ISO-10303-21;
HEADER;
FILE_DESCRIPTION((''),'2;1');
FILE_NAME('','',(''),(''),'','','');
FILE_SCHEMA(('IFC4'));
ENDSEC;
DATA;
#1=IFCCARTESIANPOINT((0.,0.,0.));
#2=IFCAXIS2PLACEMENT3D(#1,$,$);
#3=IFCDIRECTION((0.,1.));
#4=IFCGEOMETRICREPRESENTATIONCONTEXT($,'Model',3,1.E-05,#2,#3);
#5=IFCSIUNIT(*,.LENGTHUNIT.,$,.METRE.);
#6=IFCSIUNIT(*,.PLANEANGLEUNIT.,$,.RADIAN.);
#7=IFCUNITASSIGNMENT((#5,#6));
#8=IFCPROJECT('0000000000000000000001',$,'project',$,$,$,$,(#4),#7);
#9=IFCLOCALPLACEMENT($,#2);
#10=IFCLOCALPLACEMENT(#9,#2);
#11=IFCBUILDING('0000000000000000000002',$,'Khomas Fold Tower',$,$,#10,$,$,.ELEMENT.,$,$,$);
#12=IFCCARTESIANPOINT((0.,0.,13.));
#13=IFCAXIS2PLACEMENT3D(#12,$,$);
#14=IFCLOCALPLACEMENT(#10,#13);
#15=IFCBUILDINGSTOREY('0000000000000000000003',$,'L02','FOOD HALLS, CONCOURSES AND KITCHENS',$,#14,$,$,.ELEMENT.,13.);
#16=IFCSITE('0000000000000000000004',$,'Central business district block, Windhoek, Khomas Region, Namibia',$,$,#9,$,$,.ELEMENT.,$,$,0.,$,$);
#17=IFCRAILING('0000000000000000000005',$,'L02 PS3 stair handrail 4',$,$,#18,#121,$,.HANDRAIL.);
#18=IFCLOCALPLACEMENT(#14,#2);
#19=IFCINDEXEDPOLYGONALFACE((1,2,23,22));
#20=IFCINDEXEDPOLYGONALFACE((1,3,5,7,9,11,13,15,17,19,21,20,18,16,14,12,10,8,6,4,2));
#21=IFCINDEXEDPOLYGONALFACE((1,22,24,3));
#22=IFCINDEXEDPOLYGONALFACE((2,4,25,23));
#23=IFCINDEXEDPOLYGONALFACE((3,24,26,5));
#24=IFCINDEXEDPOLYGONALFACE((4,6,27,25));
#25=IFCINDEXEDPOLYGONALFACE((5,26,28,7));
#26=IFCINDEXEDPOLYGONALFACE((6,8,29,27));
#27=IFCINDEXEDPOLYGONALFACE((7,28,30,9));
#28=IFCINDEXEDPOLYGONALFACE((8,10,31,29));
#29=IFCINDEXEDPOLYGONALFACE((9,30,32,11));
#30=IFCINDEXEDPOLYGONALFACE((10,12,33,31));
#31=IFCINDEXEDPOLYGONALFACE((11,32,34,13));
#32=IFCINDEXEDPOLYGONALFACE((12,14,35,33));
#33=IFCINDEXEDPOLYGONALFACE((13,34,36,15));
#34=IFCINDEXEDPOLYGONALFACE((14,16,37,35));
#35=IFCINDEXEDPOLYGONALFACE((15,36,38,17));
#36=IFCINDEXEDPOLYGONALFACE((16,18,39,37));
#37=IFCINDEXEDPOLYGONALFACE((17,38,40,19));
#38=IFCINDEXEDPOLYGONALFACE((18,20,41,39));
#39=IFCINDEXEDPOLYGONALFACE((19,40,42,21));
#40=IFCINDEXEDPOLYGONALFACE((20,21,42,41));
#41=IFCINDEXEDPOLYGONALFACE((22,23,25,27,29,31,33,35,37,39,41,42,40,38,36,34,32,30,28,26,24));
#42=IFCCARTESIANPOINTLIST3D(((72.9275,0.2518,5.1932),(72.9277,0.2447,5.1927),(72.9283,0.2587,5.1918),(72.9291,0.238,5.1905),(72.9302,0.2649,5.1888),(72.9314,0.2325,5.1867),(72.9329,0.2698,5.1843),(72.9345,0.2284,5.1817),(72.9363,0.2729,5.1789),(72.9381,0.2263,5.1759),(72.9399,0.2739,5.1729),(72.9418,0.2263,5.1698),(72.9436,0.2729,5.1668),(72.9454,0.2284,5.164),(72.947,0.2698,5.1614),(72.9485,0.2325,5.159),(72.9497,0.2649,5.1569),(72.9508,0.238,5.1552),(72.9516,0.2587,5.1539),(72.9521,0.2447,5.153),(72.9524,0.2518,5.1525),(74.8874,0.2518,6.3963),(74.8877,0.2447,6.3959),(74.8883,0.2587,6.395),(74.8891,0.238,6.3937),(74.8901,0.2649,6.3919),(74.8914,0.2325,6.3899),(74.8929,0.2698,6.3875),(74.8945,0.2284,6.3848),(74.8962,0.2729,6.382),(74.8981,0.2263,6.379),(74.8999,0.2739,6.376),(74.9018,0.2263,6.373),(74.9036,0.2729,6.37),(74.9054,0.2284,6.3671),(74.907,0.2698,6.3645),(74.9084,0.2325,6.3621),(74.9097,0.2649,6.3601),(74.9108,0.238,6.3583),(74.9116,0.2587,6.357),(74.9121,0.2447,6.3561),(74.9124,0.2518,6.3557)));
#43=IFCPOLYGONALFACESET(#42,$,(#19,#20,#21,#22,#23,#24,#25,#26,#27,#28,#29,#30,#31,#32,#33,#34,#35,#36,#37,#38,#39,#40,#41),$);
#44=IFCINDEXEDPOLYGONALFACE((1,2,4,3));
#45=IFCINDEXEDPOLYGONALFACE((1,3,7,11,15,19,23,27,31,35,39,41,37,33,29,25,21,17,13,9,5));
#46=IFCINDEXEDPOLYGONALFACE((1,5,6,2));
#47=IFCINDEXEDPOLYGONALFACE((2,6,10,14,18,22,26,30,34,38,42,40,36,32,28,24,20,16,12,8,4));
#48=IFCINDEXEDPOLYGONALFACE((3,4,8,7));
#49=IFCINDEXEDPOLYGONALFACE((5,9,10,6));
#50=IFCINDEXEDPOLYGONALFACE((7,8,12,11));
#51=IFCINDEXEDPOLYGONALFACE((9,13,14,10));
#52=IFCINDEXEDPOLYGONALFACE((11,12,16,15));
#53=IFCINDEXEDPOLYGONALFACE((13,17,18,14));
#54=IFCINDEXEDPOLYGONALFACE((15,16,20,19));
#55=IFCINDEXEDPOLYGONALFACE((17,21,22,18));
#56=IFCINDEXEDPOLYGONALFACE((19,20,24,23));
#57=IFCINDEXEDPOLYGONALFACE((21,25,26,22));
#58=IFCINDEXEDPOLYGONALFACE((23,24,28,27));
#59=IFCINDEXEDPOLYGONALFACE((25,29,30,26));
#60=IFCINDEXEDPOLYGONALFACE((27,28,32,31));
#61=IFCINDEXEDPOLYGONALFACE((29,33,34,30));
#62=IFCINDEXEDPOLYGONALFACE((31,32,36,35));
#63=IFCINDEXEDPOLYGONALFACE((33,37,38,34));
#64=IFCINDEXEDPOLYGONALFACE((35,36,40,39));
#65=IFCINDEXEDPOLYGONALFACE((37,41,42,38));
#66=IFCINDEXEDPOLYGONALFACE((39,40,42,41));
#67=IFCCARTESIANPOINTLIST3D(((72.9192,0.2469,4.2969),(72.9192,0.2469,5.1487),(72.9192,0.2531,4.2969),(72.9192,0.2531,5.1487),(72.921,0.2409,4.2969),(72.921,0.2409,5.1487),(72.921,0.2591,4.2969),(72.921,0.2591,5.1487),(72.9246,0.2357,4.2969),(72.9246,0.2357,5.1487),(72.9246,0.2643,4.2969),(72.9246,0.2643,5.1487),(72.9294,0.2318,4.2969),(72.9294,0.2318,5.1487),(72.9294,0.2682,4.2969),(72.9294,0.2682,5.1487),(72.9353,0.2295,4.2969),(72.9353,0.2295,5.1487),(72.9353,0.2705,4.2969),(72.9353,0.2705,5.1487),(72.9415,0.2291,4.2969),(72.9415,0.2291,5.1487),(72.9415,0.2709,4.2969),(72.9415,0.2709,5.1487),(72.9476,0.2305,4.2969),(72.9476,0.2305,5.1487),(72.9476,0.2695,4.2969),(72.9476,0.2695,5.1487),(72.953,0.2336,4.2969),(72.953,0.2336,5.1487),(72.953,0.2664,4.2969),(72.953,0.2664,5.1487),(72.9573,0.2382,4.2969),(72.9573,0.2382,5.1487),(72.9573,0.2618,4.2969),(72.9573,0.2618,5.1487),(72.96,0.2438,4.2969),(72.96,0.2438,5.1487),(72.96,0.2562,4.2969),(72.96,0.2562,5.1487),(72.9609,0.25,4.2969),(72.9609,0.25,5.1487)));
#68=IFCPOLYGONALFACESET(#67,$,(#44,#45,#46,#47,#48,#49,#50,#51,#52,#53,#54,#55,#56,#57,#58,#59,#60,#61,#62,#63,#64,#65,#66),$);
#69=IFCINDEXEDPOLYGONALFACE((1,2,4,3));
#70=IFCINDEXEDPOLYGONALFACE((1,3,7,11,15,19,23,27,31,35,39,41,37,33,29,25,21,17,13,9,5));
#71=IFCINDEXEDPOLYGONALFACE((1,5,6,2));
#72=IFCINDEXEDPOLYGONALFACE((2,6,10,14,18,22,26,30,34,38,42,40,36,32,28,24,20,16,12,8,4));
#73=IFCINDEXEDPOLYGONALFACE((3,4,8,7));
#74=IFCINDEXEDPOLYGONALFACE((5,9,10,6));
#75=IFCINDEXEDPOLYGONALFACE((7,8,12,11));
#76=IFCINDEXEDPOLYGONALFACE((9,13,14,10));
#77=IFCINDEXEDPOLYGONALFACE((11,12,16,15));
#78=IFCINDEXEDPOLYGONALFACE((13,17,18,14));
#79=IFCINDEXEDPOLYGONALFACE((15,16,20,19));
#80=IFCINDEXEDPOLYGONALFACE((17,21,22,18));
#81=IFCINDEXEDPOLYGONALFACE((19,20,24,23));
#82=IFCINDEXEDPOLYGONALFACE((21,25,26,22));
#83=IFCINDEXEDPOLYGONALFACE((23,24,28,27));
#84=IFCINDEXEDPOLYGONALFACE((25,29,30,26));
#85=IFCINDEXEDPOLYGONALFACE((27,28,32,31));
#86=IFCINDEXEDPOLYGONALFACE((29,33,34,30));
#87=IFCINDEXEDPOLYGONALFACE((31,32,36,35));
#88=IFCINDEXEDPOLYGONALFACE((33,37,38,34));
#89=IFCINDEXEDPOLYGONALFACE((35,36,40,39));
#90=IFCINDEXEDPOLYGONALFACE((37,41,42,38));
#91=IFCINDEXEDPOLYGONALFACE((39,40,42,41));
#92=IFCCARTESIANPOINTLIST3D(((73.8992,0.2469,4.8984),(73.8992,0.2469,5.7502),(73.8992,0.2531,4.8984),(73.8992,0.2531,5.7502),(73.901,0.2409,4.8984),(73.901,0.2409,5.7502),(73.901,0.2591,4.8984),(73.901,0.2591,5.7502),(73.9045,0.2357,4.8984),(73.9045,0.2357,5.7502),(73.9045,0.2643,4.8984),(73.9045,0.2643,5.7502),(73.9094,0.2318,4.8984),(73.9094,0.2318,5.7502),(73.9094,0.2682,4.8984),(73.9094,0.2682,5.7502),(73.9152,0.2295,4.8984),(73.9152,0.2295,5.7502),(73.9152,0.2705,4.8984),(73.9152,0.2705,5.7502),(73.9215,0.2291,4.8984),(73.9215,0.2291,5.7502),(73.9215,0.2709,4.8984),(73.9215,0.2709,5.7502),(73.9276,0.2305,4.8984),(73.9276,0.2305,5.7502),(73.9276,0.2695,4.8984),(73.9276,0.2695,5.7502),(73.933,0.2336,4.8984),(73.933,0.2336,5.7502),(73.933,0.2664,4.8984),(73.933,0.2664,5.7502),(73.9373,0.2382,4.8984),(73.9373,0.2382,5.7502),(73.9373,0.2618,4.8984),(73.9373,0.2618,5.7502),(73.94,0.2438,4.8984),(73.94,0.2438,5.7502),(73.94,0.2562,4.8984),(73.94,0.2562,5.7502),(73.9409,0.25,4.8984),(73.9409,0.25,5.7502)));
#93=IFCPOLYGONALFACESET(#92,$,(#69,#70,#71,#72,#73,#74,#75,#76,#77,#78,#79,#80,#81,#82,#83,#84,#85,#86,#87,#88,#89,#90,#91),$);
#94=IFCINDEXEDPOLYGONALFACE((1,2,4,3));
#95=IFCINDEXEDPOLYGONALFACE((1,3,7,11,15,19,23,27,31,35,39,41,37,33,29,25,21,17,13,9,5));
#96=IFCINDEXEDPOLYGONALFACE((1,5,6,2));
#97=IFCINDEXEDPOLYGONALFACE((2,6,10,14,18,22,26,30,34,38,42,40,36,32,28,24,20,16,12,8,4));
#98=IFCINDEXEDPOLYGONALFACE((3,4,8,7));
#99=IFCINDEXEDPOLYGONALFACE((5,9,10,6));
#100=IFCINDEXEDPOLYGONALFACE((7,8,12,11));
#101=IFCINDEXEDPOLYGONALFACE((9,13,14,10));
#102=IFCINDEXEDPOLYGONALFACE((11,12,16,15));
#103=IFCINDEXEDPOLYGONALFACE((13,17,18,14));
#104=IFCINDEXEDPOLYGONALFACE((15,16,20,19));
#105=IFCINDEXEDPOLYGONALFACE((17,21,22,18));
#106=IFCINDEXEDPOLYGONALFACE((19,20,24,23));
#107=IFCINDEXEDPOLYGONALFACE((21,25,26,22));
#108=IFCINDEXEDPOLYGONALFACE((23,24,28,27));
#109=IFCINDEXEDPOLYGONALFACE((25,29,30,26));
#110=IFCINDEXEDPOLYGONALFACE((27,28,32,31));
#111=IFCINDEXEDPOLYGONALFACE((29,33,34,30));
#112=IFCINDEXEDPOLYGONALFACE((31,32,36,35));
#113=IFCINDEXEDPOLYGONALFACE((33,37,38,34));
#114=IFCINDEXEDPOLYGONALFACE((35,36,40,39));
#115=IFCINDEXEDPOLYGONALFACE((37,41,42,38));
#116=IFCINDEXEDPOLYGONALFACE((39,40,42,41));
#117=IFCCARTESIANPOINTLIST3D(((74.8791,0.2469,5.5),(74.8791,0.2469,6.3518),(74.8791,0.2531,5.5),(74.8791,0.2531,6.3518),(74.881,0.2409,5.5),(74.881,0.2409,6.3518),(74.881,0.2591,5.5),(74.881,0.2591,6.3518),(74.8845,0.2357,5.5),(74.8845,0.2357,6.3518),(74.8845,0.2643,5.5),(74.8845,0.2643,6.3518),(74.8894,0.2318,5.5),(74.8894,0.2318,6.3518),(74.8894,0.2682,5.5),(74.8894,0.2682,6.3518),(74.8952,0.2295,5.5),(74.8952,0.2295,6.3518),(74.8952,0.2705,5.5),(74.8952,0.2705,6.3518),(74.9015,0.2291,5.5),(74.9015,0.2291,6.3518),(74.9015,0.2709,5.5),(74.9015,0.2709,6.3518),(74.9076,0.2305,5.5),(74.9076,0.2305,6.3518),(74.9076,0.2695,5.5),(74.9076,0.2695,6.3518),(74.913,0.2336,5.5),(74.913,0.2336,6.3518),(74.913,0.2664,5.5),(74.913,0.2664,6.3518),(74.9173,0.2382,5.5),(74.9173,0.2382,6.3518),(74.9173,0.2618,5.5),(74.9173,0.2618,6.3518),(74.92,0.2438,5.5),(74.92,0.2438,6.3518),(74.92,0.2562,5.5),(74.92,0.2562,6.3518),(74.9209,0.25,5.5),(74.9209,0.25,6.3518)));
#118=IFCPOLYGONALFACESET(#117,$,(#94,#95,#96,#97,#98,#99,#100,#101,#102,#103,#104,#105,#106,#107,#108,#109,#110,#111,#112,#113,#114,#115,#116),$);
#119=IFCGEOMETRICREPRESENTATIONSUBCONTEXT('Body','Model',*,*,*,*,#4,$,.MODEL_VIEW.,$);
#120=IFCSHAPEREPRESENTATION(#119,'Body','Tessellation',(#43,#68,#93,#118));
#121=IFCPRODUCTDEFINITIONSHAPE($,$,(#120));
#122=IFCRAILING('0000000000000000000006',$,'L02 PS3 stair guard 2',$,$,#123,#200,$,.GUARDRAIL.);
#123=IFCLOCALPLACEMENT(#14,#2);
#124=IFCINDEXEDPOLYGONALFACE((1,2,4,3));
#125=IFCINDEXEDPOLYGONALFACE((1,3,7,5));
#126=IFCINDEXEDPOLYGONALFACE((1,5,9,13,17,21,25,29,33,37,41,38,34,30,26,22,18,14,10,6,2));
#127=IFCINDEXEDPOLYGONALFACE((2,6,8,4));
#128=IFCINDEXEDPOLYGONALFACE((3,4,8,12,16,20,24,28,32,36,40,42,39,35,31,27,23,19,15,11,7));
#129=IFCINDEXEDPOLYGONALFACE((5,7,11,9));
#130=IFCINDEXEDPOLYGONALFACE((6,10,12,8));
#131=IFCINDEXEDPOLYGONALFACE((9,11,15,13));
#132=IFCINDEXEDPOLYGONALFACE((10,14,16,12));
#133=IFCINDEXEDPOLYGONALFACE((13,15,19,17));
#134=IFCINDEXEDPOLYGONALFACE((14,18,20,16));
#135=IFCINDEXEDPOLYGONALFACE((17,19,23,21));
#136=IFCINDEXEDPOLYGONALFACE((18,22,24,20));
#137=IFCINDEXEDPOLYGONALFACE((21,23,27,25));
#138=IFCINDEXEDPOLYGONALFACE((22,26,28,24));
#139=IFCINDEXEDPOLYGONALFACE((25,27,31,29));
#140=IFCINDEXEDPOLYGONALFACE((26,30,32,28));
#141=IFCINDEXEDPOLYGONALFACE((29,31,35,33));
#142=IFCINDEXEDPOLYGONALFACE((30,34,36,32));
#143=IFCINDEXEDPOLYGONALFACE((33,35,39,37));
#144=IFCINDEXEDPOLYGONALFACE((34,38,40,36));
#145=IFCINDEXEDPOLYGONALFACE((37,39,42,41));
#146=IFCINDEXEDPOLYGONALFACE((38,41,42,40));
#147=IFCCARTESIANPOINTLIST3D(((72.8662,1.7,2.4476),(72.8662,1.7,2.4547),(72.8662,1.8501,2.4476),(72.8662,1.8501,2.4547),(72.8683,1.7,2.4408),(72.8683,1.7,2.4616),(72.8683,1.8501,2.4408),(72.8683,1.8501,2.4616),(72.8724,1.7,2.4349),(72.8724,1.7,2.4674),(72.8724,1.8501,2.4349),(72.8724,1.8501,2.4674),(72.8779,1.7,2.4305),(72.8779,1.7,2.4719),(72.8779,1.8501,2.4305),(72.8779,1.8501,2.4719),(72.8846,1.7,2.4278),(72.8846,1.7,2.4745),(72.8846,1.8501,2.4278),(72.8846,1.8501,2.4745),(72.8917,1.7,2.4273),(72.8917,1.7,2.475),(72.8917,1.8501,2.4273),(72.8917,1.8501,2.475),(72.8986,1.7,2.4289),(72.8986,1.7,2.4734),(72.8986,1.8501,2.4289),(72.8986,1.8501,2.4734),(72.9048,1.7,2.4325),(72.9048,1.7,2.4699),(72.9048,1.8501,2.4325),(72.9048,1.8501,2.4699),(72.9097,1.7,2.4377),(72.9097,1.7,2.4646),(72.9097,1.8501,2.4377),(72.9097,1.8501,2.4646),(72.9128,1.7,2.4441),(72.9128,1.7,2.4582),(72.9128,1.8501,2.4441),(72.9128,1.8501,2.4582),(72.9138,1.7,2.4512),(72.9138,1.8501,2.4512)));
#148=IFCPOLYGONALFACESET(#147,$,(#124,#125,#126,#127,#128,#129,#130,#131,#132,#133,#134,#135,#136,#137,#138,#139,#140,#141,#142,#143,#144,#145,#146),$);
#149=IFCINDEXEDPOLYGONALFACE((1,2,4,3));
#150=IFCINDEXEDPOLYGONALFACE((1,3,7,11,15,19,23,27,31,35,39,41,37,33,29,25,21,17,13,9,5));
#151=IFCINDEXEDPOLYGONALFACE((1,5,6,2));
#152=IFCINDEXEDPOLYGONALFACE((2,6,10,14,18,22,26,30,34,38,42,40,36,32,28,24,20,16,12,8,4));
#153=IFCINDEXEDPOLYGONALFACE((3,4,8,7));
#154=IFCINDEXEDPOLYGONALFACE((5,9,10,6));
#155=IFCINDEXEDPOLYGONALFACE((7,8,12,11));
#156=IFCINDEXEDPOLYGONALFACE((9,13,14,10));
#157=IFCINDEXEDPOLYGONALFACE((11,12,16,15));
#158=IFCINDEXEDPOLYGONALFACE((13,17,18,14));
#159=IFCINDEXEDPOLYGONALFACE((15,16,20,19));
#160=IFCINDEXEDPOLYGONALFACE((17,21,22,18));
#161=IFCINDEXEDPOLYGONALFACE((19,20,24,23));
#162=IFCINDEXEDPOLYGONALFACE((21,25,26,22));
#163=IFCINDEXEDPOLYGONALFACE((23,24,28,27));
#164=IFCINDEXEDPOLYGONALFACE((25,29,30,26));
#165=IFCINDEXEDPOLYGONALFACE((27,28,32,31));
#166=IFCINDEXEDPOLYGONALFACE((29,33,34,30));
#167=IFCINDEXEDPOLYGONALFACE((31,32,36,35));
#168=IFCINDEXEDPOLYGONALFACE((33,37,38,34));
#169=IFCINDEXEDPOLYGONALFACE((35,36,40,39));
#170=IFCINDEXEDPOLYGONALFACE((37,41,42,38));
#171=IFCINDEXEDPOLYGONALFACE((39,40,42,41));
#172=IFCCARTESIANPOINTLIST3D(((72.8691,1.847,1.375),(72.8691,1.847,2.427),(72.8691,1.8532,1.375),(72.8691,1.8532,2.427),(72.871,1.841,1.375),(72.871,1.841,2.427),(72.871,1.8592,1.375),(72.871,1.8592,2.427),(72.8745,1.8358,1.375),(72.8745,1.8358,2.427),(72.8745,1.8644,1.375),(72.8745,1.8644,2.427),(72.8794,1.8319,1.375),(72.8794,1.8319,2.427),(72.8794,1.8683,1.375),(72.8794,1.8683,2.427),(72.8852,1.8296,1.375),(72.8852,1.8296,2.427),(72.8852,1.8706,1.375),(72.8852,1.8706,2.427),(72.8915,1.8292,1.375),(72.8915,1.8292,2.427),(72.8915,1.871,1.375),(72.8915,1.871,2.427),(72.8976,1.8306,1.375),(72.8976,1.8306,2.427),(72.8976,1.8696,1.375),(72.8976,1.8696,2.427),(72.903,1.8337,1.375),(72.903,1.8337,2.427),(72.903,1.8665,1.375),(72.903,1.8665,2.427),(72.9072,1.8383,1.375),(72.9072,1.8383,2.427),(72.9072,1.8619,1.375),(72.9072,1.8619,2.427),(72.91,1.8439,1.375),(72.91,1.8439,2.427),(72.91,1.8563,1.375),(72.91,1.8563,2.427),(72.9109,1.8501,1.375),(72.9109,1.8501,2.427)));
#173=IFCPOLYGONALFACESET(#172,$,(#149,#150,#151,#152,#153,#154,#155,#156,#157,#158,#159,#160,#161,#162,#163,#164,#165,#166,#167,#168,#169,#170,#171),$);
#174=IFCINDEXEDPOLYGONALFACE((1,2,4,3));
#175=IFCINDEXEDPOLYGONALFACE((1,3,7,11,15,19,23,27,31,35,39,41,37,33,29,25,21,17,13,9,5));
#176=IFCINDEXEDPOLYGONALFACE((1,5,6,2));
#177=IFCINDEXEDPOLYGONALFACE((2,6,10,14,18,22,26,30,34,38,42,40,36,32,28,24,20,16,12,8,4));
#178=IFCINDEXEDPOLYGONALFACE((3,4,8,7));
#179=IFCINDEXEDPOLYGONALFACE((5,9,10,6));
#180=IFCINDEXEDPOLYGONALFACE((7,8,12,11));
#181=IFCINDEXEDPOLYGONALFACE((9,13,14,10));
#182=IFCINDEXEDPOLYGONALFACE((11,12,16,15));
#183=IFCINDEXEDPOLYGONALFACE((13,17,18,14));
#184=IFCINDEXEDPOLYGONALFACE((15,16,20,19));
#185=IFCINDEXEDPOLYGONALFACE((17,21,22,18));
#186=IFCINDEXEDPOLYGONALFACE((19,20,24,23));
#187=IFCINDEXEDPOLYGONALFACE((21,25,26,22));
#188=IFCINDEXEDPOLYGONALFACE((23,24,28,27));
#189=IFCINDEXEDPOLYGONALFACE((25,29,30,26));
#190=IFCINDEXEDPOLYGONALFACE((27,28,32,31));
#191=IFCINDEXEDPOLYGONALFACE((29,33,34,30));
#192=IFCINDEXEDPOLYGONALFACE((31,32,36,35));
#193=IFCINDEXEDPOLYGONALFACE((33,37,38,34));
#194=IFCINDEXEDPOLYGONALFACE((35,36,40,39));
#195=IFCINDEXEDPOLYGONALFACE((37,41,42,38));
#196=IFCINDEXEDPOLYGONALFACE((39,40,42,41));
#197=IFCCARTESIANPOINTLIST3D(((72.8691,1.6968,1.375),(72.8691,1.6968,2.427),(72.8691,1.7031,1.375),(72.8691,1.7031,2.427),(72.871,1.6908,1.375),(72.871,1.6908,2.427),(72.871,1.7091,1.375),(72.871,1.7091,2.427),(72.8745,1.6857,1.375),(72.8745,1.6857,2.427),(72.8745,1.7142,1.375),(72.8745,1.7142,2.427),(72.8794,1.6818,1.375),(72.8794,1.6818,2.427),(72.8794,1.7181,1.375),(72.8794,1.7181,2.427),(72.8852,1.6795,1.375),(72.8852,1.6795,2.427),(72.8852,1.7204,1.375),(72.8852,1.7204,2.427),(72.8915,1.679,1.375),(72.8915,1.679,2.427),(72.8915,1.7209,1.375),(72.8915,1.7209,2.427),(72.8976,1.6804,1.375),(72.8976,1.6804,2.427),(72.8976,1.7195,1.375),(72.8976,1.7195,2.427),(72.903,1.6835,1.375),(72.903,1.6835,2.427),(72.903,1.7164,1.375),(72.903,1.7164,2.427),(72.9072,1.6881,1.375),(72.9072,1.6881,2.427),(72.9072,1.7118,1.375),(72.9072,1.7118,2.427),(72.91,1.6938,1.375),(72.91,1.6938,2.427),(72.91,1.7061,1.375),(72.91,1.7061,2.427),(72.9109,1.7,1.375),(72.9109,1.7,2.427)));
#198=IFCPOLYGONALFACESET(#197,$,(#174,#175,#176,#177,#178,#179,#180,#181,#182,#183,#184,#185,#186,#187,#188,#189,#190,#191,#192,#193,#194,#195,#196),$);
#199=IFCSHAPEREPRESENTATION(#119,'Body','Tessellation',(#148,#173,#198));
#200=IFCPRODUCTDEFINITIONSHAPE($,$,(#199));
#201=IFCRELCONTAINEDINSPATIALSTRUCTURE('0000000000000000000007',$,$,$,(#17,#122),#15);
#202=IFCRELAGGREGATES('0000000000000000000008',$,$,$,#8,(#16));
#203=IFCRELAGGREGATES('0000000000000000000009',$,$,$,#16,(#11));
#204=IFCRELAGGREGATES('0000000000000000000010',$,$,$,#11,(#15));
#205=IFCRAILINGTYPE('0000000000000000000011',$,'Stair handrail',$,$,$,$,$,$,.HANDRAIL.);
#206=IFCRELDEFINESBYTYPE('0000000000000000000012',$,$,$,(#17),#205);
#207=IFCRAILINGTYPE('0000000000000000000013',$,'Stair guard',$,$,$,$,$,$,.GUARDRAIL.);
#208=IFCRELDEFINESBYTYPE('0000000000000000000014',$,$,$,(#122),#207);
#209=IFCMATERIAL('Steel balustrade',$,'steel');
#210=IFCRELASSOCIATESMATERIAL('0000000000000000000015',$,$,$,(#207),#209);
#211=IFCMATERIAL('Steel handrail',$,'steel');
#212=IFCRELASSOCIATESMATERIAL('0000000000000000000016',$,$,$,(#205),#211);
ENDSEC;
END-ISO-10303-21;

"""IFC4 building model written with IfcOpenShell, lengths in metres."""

from ifc_helpers import new_model, si_unit, direction, frame, origin, origin_2d, place, context, subcontext, project, spatial, circle, extrude, source, transform, mapped, material, type_object, element, save


model = new_model("IFC4")

# Units and contexts
model_context = context("Model", 3, precision=1e-05, world=origin(), true_north=direction((0.0, 1.0)))
body_context = subcontext(model_context, "Body", "Model", "MODEL_VIEW")
ifc_project = project(units=[si_unit("LENGTHUNIT", "METRE"), si_unit("PLANEANGLEUNIT", "RADIAN")], contexts=[model_context])

# Site, building, storey
site_placement = place(None, origin())
site = spatial("IfcSite", under=ifc_project, at=site_placement, Name="Central business district block, Windhoek, Khomas Region, Namibia", CompositionType="ELEMENT", RefElevation=0.0)
building_placement = place(site_placement, origin())
building = spatial("IfcBuilding", under=site, at=building_placement, Name="Khomas Fold Tower", CompositionType="ELEMENT")
storey_placement = place(building_placement, frame((0.0, 0.0, 13.0)))
storey = spatial("IfcBuildingStorey", under=building, at=storey_placement, Name="L02", Description="FOOD HALLS, CONCOURSES AND KITCHENS", CompositionType="ELEMENT", Elevation=13.0)

# Railings
ifc_material_1 = material(Name="Steel balustrade", Category="steel")
railing_type_1 = type_object("IfcRailingType", Name="Stair guard", PredefinedType="GUARDRAIL", material=ifc_material_1)
ifc_material_2 = material(Name="Steel handrail", Category="steel")
railing_type_2 = type_object("IfcRailingType", Name="Stair handrail", PredefinedType="HANDRAIL", material=ifc_material_2)
shared_shape_1 = source(origin(), body_context, "Body", "SweptSolid", [
    extrude(circle(Radius=0.0239, at=origin_2d()), frame((0.0, 0.0, 0.876), z_axis=(0.852241, 0.0, 0.523149), x_axis=(0.0, 1.0, 0.0)), (0.0, 0.0, 1.0), 2.2998),
    extrude(circle(Radius=0.021, at=origin_2d()), origin(), (0.0, 0.0, 1.0), 0.8518),
    extrude(circle(Radius=0.021, at=origin_2d()), frame((0.98, 0.0, 0.6016)), (0.0, 0.0, 1.0), 0.8518),
    extrude(circle(Radius=0.021, at=origin_2d()), frame((1.96, 0.0, 1.2031)), (0.0, 0.0, 1.0), 0.8518),
])
for number, where, name in (
    (1, (72.9399, 0.25, 4.2969), "L02 PS3 stair handrail 4"),
):
    element("IfcRailing", number, at=place(storey_placement, frame(where)), inside=storey, type_object=railing_type_2, Name=name, PredefinedType="HANDRAIL", context=body_context, shape_type="MappedRepresentation", body=[
        mapped(shared_shape_1, transform((0.0, 0.0, 0.0))),
    ])
shared_shape_2 = source(origin(), body_context, "Body", "SweptSolid", [
    extrude(circle(Radius=0.0239, at=origin_2d()), frame((0.0, 0.0, 1.0762), z_axis=(0.0, -1.0, 0.0), x_axis=(1.0, 0.0, 0.0)), (0.0, 0.0, 1.0), 0.1501),
    extrude(circle(Radius=0.021, at=origin_2d()), origin(), (0.0, 0.0, 1.0), 1.052),
    extrude(circle(Radius=0.021, at=origin_2d()), frame((0.0, -0.1501, 0.0)), (0.0, 0.0, 1.0), 1.052),
])
for number, where, name in (
    (2, (72.8899, 1.8501, 1.375), "L02 PS3 stair guard 2"),
):
    element("IfcRailing", number, at=place(storey_placement, frame(where)), inside=storey, type_object=railing_type_1, Name=name, PredefinedType="GUARDRAIL", context=body_context, shape_type="MappedRepresentation", body=[
        mapped(shared_shape_2, transform((0.0, 0.0, 0.0))),
    ])

save(model, "model.ifc")
